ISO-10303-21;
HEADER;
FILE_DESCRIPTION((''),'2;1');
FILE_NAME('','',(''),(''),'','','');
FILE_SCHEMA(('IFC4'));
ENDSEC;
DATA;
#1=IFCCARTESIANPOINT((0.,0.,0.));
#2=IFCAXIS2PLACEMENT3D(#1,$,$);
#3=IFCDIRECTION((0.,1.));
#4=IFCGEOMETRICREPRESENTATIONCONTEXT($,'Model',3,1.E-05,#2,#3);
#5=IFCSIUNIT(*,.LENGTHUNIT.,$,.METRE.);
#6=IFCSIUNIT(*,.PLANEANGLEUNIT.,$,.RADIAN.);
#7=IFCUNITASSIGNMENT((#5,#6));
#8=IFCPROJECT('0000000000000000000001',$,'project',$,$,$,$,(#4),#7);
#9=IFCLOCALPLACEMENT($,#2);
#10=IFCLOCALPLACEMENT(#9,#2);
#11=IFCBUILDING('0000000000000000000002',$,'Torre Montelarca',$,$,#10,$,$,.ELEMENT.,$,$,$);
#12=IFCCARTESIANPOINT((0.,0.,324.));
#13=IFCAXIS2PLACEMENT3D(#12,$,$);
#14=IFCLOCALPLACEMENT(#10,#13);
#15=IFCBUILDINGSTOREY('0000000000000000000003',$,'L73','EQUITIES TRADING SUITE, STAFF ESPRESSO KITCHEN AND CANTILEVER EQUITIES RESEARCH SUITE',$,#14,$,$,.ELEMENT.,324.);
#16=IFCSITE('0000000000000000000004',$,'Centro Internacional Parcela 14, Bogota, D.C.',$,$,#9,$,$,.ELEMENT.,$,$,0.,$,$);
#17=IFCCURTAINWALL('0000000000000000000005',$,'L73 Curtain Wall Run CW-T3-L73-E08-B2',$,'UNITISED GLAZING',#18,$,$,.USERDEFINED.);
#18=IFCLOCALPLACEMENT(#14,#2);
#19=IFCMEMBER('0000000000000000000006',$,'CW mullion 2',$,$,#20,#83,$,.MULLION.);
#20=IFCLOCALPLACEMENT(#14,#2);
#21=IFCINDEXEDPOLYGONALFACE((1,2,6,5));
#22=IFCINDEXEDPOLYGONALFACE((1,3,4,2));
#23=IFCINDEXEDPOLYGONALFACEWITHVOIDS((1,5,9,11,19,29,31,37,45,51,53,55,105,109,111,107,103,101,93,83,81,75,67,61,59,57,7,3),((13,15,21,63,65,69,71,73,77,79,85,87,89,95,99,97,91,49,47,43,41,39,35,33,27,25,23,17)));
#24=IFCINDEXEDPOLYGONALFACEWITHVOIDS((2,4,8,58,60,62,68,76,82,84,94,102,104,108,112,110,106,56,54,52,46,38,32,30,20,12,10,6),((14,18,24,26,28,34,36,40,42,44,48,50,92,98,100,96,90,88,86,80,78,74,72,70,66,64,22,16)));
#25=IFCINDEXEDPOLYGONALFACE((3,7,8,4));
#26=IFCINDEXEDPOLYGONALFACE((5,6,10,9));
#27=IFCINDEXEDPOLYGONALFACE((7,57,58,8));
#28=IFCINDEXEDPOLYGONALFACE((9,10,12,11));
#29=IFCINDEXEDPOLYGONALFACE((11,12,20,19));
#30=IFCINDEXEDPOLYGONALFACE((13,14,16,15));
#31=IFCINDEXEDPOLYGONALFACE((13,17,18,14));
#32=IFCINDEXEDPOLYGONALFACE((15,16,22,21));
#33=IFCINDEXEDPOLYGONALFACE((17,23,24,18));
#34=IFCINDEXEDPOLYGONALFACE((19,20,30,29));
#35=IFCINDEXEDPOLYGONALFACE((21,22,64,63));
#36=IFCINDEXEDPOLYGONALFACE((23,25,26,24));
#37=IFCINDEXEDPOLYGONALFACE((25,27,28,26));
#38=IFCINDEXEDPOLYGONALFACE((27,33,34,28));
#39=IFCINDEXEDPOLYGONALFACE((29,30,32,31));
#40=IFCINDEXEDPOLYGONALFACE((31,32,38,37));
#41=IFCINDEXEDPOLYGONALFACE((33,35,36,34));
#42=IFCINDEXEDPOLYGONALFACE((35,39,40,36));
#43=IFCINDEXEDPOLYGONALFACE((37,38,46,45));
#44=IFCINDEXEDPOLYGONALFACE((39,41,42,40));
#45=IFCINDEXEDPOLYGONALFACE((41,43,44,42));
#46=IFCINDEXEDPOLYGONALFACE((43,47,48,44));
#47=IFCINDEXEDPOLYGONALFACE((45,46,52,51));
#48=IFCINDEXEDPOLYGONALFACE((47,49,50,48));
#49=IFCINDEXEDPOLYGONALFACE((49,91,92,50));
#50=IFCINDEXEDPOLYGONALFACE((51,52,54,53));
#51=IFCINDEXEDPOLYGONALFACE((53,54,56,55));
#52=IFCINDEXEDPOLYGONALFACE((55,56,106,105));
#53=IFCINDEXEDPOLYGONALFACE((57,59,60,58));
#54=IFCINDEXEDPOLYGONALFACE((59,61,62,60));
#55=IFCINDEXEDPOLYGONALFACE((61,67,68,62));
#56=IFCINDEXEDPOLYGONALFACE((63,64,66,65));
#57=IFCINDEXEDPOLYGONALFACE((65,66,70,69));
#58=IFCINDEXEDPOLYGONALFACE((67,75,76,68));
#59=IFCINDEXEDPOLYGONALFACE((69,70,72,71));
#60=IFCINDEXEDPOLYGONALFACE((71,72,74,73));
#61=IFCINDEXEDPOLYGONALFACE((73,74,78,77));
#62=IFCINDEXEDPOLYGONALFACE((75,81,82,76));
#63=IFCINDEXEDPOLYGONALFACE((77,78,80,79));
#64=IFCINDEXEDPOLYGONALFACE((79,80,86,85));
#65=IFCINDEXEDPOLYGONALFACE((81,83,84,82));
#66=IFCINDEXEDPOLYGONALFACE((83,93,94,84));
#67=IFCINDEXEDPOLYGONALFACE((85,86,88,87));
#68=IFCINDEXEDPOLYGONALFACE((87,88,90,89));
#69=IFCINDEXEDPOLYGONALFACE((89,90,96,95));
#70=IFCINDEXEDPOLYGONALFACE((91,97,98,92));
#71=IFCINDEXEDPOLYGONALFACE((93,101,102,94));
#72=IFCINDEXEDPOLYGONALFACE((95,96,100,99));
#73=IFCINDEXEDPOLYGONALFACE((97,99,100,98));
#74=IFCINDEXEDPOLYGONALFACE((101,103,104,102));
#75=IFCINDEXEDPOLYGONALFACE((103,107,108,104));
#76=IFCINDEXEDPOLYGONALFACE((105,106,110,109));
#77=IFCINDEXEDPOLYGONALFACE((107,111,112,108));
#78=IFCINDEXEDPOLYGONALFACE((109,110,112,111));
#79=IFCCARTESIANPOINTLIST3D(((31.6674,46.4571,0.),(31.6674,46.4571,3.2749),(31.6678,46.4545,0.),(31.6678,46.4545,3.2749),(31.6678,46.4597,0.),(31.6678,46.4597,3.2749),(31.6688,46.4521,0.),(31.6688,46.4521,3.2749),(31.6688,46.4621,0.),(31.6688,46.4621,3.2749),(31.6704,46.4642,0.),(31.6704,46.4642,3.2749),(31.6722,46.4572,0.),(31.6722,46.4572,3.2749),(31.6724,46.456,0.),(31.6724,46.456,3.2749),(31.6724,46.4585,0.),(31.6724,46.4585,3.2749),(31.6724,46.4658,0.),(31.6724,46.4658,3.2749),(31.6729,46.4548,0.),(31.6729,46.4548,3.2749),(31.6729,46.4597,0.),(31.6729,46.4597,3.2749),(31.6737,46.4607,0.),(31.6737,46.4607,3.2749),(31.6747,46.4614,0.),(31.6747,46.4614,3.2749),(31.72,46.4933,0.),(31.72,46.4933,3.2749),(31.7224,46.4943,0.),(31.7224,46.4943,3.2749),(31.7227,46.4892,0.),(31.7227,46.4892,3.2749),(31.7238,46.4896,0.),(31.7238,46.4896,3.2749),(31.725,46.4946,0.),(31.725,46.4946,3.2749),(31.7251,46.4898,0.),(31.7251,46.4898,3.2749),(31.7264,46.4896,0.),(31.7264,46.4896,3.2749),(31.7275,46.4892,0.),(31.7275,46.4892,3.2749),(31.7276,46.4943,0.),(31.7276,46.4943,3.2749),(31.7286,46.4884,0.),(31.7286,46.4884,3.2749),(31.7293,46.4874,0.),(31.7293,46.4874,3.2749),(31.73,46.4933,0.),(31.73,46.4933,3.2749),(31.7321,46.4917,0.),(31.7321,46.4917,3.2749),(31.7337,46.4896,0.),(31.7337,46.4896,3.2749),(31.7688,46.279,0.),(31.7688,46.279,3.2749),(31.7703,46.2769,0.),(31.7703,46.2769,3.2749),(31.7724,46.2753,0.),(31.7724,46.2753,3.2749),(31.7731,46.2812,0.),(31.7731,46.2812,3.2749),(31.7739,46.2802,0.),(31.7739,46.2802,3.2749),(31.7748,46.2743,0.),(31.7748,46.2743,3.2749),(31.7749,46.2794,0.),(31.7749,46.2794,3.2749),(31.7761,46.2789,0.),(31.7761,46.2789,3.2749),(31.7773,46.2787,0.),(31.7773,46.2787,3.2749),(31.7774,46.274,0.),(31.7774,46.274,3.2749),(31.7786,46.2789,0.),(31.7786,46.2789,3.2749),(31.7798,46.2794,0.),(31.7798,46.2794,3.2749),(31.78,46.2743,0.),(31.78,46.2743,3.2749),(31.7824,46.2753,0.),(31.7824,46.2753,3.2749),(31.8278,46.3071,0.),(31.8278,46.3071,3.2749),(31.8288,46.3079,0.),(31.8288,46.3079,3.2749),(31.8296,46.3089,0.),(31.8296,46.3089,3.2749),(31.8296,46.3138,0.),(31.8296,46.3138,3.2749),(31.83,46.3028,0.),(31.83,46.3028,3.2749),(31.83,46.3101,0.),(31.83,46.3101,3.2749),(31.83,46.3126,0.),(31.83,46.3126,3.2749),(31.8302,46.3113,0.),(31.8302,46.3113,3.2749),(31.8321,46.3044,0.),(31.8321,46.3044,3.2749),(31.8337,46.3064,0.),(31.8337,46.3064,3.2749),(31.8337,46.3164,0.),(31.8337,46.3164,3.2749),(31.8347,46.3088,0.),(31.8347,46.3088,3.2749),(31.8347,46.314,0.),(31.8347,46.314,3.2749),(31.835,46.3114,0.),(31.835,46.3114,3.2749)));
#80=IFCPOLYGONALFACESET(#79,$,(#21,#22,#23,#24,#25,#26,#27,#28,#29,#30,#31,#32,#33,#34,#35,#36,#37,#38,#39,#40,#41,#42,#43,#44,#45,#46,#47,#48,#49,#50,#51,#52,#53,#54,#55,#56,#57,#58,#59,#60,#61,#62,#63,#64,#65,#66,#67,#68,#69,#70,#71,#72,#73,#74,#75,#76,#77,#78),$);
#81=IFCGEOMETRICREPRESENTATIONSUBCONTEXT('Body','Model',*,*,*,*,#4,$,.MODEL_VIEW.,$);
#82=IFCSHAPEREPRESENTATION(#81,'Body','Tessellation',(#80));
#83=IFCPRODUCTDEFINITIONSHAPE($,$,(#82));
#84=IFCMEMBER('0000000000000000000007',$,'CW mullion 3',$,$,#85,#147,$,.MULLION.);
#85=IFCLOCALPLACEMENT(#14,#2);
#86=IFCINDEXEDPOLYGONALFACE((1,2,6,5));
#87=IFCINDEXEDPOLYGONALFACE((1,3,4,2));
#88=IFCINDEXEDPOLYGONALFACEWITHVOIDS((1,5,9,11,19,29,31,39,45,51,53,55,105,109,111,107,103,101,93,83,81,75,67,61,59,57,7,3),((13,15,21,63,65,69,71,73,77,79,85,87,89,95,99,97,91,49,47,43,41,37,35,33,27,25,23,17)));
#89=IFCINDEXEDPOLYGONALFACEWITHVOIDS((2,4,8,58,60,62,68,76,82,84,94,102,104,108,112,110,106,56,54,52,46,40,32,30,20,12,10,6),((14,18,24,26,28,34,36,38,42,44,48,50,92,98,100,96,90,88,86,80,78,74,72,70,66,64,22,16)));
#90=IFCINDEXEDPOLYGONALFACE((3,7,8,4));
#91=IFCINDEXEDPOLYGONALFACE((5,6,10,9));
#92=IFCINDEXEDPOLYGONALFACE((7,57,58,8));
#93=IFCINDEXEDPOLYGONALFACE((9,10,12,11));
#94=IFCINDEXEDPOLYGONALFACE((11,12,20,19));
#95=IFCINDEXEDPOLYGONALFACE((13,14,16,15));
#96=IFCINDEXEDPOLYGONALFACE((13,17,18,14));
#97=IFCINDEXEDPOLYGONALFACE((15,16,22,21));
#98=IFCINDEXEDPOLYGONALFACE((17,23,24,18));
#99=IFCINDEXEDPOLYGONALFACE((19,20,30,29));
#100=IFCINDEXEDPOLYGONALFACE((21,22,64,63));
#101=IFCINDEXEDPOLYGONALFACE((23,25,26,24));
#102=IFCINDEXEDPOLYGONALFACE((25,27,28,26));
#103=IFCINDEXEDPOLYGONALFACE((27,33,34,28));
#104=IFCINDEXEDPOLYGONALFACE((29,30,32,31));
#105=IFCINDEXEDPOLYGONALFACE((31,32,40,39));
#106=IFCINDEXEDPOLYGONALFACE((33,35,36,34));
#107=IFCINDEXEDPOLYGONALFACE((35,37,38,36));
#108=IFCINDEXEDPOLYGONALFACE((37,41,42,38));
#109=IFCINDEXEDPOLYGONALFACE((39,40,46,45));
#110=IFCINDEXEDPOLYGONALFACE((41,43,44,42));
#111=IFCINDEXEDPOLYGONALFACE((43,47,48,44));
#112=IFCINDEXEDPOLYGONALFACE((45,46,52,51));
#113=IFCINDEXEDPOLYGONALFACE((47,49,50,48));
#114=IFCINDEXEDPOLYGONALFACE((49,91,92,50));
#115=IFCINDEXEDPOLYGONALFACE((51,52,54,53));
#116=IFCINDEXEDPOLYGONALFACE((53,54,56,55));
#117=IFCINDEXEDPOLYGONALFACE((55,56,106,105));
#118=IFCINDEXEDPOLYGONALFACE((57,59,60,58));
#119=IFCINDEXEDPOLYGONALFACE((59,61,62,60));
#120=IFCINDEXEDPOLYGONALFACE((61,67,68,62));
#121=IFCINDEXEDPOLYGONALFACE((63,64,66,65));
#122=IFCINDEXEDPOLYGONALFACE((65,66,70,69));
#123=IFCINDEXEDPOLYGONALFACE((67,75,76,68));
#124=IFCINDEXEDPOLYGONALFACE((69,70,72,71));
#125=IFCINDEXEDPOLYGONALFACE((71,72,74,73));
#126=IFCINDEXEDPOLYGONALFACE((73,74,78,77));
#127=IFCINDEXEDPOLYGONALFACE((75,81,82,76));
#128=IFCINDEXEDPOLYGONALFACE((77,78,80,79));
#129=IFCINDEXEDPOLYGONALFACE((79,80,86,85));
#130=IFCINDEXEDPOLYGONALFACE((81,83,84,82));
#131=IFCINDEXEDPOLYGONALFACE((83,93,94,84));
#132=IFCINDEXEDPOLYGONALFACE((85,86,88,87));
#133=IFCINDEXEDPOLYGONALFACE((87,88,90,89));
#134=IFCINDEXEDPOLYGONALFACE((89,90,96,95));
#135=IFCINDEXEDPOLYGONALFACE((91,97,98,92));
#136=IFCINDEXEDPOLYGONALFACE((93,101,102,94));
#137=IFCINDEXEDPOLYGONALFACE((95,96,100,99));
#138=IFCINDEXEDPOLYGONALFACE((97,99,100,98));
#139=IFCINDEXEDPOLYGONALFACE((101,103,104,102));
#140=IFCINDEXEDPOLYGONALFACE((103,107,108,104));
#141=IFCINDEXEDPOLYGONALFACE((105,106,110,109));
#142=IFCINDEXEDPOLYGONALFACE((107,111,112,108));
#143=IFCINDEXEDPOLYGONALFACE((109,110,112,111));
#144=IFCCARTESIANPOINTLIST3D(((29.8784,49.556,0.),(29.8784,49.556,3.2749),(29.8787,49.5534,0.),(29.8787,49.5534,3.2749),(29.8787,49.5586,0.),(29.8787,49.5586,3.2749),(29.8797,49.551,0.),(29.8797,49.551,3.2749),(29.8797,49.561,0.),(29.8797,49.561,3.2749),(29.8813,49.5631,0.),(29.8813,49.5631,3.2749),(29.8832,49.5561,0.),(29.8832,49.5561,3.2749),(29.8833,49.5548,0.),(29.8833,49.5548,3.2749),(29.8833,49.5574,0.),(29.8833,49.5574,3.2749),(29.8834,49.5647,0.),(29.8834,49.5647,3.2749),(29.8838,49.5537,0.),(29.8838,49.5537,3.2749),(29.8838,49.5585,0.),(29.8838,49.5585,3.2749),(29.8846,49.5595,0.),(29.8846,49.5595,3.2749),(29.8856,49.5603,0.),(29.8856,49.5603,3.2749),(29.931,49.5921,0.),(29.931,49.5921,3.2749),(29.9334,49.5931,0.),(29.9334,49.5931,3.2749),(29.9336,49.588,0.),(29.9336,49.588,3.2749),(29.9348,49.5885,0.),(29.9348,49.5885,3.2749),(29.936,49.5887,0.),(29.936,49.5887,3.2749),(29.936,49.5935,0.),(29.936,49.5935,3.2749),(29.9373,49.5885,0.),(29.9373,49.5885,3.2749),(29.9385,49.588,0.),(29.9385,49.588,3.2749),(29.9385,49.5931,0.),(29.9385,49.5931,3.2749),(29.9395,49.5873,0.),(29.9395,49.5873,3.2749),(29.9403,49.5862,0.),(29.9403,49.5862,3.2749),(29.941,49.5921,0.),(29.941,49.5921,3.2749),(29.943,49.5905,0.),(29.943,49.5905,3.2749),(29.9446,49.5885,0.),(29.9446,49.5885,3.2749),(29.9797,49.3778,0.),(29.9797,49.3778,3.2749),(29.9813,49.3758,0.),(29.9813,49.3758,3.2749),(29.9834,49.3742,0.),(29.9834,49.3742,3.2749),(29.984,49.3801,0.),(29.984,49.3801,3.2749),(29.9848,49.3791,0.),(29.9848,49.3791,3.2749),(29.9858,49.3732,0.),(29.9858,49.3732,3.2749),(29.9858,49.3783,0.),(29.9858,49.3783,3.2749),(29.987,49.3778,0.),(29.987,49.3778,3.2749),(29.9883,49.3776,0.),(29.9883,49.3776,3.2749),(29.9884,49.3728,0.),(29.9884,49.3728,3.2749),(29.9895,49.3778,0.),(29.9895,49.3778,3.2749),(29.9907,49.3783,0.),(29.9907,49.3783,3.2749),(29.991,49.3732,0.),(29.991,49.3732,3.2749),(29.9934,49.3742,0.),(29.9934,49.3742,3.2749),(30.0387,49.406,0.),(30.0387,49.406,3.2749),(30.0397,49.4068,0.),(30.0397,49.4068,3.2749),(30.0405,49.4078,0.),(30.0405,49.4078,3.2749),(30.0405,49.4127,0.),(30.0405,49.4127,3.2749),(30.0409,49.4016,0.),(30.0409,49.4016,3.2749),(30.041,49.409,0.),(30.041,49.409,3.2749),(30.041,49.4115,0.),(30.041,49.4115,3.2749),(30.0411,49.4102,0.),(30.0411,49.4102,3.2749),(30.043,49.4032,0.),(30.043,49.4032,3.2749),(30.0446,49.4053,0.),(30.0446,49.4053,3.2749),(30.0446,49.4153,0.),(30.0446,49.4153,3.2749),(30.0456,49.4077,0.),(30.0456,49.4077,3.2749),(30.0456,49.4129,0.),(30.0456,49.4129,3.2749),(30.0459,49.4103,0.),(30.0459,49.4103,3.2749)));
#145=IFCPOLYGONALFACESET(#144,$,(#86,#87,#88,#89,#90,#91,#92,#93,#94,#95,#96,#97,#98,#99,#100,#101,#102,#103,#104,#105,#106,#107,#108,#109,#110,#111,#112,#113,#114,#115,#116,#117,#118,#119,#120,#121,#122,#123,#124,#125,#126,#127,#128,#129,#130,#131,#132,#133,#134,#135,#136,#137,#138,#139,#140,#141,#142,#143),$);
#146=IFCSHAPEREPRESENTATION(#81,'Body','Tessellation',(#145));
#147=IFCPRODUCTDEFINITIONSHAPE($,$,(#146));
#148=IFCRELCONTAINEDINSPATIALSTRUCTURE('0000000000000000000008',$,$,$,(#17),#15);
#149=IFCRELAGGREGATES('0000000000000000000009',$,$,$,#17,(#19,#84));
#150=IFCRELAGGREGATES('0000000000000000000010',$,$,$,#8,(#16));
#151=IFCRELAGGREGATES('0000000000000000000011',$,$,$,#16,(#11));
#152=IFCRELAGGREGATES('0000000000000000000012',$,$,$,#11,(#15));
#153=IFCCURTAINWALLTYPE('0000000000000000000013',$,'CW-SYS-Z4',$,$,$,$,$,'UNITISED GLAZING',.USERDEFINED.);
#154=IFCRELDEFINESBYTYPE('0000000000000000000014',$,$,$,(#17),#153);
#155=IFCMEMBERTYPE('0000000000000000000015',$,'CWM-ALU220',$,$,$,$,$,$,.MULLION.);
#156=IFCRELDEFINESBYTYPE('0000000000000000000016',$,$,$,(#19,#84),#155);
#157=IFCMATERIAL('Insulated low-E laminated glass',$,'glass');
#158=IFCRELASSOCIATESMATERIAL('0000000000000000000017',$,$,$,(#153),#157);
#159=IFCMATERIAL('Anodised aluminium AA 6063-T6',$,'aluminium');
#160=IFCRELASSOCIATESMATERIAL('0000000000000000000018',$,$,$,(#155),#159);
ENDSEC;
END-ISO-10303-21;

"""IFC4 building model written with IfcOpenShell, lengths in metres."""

from ifc_helpers import new_model, si_unit, direction, frame, origin, origin_2d, place, context, subcontext, project, spatial, hollow_rectangle, extrude, source, transform, mapped, material, material_profile, profile_set, type_object, element, aggregate, save


model = new_model("IFC4")

# Units and contexts
model_context = context("Model", 3, precision=1e-05, world=origin(), true_north=direction((0.0, 1.0)))
body_context = subcontext(model_context, "Body", "Model", "MODEL_VIEW")
ifc_project = project(units=[si_unit("LENGTHUNIT", "METRE"), si_unit("PLANEANGLEUNIT", "RADIAN")], contexts=[model_context])

# Site, building, storey
site_placement = place(None, origin())
site = spatial("IfcSite", under=ifc_project, at=site_placement, Name="Centro Internacional Parcela 14, Bogota, D.C.", CompositionType="ELEMENT", RefElevation=0.0)
building_placement = place(site_placement, origin())
building = spatial("IfcBuilding", under=site, at=building_placement, Name="Torre Montelarca", CompositionType="ELEMENT")
storey_placement = place(building_placement, frame((0.0, 0.0, 324.0)))
storey = spatial("IfcBuildingStorey", under=building, at=storey_placement, Name="L73", Description="EQUITIES TRADING SUITE, STAFF ESPRESSO KITCHEN AND CANTILEVER EQUITIES RESEARCH SUITE", CompositionType="ELEMENT", Elevation=324.0)

# Shared definitions
ifc_material_1 = material(Name="Insulated low-E laminated glass", Category="glass")
curtain_wall_type = type_object("IfcCurtainWallType", Name="CW-SYS-Z4", ElementType="UNITISED GLAZING", PredefinedType="USERDEFINED", material=ifc_material_1)
ifc_material_2 = material(Name="Anodised aluminium AA 6063-T6", Category="aluminium")
ifc_material_profile_1 = material_profile(ifc_material_2, hollow_rectangle(XDim=0.075, YDim=0.22, WallThickness=0.0049, InnerFilletRadius=0.0049, OuterFilletRadius=0.01, at=origin_2d()), Name="ALU75X220X5", Category="aluminium")
ifc_profile_set_1 = profile_set([ifc_material_profile_1], Name="Anodised aluminium AA 6063-T6")
member_type_1 = type_object("IfcMemberType", Name="CWM-ALU220", PredefinedType="MULLION", material=ifc_profile_set_1)

# Curtain wall, members
curtain_wall_1_placement = place(storey_placement, origin())
curtain_wall_1 = element("IfcCurtainWall", 1, at=curtain_wall_1_placement, inside=storey, type_object=curtain_wall_type, Name="L73 Curtain Wall Run CW-T3-L73-E08-B2", ObjectType="UNITISED GLAZING", PredefinedType="USERDEFINED")
shared_shape_1 = source(origin(), body_context, "Body", "SweptSolid", [
    extrude(hollow_rectangle(XDim=0.075, YDim=0.22, WallThickness=0.0049, InnerFilletRadius=0.0049, OuterFilletRadius=0.01, at=origin_2d()), origin(), (0.0, 0.0, 1.0), 3.2749),
])
member_1_placement = place(storey_placement, frame((31.7512, 46.3843, 0.0), z_axis=(0.0, 0.0, 1.0), x_axis=(-0.866026, -0.499999, 0.0)))
member_1 = element("IfcMember", 2, at=member_1_placement, type_object=member_type_1, Name="CW mullion 2", PredefinedType="MULLION", context=body_context, shape_type="MappedRepresentation", body=[
    mapped(shared_shape_1, transform((0.0, 0.0, 0.0), scale=1.0)),
])
member_2_placement = place(storey_placement, frame((29.9622, 49.4832, 0.0), z_axis=(0.0, 0.0, 1.0), x_axis=(-0.866026, -0.499999, 0.0)))
member_2 = element("IfcMember", 3, at=member_2_placement, type_object=member_type_1, Name="CW mullion 3", PredefinedType="MULLION", context=body_context, shape_type="MappedRepresentation", body=[
    mapped(shared_shape_1, transform((0.0, 0.0, 0.0), scale=1.0)),
])

aggregate(curtain_wall_1, [member_1, member_2])

save(model, "model.ifc")
